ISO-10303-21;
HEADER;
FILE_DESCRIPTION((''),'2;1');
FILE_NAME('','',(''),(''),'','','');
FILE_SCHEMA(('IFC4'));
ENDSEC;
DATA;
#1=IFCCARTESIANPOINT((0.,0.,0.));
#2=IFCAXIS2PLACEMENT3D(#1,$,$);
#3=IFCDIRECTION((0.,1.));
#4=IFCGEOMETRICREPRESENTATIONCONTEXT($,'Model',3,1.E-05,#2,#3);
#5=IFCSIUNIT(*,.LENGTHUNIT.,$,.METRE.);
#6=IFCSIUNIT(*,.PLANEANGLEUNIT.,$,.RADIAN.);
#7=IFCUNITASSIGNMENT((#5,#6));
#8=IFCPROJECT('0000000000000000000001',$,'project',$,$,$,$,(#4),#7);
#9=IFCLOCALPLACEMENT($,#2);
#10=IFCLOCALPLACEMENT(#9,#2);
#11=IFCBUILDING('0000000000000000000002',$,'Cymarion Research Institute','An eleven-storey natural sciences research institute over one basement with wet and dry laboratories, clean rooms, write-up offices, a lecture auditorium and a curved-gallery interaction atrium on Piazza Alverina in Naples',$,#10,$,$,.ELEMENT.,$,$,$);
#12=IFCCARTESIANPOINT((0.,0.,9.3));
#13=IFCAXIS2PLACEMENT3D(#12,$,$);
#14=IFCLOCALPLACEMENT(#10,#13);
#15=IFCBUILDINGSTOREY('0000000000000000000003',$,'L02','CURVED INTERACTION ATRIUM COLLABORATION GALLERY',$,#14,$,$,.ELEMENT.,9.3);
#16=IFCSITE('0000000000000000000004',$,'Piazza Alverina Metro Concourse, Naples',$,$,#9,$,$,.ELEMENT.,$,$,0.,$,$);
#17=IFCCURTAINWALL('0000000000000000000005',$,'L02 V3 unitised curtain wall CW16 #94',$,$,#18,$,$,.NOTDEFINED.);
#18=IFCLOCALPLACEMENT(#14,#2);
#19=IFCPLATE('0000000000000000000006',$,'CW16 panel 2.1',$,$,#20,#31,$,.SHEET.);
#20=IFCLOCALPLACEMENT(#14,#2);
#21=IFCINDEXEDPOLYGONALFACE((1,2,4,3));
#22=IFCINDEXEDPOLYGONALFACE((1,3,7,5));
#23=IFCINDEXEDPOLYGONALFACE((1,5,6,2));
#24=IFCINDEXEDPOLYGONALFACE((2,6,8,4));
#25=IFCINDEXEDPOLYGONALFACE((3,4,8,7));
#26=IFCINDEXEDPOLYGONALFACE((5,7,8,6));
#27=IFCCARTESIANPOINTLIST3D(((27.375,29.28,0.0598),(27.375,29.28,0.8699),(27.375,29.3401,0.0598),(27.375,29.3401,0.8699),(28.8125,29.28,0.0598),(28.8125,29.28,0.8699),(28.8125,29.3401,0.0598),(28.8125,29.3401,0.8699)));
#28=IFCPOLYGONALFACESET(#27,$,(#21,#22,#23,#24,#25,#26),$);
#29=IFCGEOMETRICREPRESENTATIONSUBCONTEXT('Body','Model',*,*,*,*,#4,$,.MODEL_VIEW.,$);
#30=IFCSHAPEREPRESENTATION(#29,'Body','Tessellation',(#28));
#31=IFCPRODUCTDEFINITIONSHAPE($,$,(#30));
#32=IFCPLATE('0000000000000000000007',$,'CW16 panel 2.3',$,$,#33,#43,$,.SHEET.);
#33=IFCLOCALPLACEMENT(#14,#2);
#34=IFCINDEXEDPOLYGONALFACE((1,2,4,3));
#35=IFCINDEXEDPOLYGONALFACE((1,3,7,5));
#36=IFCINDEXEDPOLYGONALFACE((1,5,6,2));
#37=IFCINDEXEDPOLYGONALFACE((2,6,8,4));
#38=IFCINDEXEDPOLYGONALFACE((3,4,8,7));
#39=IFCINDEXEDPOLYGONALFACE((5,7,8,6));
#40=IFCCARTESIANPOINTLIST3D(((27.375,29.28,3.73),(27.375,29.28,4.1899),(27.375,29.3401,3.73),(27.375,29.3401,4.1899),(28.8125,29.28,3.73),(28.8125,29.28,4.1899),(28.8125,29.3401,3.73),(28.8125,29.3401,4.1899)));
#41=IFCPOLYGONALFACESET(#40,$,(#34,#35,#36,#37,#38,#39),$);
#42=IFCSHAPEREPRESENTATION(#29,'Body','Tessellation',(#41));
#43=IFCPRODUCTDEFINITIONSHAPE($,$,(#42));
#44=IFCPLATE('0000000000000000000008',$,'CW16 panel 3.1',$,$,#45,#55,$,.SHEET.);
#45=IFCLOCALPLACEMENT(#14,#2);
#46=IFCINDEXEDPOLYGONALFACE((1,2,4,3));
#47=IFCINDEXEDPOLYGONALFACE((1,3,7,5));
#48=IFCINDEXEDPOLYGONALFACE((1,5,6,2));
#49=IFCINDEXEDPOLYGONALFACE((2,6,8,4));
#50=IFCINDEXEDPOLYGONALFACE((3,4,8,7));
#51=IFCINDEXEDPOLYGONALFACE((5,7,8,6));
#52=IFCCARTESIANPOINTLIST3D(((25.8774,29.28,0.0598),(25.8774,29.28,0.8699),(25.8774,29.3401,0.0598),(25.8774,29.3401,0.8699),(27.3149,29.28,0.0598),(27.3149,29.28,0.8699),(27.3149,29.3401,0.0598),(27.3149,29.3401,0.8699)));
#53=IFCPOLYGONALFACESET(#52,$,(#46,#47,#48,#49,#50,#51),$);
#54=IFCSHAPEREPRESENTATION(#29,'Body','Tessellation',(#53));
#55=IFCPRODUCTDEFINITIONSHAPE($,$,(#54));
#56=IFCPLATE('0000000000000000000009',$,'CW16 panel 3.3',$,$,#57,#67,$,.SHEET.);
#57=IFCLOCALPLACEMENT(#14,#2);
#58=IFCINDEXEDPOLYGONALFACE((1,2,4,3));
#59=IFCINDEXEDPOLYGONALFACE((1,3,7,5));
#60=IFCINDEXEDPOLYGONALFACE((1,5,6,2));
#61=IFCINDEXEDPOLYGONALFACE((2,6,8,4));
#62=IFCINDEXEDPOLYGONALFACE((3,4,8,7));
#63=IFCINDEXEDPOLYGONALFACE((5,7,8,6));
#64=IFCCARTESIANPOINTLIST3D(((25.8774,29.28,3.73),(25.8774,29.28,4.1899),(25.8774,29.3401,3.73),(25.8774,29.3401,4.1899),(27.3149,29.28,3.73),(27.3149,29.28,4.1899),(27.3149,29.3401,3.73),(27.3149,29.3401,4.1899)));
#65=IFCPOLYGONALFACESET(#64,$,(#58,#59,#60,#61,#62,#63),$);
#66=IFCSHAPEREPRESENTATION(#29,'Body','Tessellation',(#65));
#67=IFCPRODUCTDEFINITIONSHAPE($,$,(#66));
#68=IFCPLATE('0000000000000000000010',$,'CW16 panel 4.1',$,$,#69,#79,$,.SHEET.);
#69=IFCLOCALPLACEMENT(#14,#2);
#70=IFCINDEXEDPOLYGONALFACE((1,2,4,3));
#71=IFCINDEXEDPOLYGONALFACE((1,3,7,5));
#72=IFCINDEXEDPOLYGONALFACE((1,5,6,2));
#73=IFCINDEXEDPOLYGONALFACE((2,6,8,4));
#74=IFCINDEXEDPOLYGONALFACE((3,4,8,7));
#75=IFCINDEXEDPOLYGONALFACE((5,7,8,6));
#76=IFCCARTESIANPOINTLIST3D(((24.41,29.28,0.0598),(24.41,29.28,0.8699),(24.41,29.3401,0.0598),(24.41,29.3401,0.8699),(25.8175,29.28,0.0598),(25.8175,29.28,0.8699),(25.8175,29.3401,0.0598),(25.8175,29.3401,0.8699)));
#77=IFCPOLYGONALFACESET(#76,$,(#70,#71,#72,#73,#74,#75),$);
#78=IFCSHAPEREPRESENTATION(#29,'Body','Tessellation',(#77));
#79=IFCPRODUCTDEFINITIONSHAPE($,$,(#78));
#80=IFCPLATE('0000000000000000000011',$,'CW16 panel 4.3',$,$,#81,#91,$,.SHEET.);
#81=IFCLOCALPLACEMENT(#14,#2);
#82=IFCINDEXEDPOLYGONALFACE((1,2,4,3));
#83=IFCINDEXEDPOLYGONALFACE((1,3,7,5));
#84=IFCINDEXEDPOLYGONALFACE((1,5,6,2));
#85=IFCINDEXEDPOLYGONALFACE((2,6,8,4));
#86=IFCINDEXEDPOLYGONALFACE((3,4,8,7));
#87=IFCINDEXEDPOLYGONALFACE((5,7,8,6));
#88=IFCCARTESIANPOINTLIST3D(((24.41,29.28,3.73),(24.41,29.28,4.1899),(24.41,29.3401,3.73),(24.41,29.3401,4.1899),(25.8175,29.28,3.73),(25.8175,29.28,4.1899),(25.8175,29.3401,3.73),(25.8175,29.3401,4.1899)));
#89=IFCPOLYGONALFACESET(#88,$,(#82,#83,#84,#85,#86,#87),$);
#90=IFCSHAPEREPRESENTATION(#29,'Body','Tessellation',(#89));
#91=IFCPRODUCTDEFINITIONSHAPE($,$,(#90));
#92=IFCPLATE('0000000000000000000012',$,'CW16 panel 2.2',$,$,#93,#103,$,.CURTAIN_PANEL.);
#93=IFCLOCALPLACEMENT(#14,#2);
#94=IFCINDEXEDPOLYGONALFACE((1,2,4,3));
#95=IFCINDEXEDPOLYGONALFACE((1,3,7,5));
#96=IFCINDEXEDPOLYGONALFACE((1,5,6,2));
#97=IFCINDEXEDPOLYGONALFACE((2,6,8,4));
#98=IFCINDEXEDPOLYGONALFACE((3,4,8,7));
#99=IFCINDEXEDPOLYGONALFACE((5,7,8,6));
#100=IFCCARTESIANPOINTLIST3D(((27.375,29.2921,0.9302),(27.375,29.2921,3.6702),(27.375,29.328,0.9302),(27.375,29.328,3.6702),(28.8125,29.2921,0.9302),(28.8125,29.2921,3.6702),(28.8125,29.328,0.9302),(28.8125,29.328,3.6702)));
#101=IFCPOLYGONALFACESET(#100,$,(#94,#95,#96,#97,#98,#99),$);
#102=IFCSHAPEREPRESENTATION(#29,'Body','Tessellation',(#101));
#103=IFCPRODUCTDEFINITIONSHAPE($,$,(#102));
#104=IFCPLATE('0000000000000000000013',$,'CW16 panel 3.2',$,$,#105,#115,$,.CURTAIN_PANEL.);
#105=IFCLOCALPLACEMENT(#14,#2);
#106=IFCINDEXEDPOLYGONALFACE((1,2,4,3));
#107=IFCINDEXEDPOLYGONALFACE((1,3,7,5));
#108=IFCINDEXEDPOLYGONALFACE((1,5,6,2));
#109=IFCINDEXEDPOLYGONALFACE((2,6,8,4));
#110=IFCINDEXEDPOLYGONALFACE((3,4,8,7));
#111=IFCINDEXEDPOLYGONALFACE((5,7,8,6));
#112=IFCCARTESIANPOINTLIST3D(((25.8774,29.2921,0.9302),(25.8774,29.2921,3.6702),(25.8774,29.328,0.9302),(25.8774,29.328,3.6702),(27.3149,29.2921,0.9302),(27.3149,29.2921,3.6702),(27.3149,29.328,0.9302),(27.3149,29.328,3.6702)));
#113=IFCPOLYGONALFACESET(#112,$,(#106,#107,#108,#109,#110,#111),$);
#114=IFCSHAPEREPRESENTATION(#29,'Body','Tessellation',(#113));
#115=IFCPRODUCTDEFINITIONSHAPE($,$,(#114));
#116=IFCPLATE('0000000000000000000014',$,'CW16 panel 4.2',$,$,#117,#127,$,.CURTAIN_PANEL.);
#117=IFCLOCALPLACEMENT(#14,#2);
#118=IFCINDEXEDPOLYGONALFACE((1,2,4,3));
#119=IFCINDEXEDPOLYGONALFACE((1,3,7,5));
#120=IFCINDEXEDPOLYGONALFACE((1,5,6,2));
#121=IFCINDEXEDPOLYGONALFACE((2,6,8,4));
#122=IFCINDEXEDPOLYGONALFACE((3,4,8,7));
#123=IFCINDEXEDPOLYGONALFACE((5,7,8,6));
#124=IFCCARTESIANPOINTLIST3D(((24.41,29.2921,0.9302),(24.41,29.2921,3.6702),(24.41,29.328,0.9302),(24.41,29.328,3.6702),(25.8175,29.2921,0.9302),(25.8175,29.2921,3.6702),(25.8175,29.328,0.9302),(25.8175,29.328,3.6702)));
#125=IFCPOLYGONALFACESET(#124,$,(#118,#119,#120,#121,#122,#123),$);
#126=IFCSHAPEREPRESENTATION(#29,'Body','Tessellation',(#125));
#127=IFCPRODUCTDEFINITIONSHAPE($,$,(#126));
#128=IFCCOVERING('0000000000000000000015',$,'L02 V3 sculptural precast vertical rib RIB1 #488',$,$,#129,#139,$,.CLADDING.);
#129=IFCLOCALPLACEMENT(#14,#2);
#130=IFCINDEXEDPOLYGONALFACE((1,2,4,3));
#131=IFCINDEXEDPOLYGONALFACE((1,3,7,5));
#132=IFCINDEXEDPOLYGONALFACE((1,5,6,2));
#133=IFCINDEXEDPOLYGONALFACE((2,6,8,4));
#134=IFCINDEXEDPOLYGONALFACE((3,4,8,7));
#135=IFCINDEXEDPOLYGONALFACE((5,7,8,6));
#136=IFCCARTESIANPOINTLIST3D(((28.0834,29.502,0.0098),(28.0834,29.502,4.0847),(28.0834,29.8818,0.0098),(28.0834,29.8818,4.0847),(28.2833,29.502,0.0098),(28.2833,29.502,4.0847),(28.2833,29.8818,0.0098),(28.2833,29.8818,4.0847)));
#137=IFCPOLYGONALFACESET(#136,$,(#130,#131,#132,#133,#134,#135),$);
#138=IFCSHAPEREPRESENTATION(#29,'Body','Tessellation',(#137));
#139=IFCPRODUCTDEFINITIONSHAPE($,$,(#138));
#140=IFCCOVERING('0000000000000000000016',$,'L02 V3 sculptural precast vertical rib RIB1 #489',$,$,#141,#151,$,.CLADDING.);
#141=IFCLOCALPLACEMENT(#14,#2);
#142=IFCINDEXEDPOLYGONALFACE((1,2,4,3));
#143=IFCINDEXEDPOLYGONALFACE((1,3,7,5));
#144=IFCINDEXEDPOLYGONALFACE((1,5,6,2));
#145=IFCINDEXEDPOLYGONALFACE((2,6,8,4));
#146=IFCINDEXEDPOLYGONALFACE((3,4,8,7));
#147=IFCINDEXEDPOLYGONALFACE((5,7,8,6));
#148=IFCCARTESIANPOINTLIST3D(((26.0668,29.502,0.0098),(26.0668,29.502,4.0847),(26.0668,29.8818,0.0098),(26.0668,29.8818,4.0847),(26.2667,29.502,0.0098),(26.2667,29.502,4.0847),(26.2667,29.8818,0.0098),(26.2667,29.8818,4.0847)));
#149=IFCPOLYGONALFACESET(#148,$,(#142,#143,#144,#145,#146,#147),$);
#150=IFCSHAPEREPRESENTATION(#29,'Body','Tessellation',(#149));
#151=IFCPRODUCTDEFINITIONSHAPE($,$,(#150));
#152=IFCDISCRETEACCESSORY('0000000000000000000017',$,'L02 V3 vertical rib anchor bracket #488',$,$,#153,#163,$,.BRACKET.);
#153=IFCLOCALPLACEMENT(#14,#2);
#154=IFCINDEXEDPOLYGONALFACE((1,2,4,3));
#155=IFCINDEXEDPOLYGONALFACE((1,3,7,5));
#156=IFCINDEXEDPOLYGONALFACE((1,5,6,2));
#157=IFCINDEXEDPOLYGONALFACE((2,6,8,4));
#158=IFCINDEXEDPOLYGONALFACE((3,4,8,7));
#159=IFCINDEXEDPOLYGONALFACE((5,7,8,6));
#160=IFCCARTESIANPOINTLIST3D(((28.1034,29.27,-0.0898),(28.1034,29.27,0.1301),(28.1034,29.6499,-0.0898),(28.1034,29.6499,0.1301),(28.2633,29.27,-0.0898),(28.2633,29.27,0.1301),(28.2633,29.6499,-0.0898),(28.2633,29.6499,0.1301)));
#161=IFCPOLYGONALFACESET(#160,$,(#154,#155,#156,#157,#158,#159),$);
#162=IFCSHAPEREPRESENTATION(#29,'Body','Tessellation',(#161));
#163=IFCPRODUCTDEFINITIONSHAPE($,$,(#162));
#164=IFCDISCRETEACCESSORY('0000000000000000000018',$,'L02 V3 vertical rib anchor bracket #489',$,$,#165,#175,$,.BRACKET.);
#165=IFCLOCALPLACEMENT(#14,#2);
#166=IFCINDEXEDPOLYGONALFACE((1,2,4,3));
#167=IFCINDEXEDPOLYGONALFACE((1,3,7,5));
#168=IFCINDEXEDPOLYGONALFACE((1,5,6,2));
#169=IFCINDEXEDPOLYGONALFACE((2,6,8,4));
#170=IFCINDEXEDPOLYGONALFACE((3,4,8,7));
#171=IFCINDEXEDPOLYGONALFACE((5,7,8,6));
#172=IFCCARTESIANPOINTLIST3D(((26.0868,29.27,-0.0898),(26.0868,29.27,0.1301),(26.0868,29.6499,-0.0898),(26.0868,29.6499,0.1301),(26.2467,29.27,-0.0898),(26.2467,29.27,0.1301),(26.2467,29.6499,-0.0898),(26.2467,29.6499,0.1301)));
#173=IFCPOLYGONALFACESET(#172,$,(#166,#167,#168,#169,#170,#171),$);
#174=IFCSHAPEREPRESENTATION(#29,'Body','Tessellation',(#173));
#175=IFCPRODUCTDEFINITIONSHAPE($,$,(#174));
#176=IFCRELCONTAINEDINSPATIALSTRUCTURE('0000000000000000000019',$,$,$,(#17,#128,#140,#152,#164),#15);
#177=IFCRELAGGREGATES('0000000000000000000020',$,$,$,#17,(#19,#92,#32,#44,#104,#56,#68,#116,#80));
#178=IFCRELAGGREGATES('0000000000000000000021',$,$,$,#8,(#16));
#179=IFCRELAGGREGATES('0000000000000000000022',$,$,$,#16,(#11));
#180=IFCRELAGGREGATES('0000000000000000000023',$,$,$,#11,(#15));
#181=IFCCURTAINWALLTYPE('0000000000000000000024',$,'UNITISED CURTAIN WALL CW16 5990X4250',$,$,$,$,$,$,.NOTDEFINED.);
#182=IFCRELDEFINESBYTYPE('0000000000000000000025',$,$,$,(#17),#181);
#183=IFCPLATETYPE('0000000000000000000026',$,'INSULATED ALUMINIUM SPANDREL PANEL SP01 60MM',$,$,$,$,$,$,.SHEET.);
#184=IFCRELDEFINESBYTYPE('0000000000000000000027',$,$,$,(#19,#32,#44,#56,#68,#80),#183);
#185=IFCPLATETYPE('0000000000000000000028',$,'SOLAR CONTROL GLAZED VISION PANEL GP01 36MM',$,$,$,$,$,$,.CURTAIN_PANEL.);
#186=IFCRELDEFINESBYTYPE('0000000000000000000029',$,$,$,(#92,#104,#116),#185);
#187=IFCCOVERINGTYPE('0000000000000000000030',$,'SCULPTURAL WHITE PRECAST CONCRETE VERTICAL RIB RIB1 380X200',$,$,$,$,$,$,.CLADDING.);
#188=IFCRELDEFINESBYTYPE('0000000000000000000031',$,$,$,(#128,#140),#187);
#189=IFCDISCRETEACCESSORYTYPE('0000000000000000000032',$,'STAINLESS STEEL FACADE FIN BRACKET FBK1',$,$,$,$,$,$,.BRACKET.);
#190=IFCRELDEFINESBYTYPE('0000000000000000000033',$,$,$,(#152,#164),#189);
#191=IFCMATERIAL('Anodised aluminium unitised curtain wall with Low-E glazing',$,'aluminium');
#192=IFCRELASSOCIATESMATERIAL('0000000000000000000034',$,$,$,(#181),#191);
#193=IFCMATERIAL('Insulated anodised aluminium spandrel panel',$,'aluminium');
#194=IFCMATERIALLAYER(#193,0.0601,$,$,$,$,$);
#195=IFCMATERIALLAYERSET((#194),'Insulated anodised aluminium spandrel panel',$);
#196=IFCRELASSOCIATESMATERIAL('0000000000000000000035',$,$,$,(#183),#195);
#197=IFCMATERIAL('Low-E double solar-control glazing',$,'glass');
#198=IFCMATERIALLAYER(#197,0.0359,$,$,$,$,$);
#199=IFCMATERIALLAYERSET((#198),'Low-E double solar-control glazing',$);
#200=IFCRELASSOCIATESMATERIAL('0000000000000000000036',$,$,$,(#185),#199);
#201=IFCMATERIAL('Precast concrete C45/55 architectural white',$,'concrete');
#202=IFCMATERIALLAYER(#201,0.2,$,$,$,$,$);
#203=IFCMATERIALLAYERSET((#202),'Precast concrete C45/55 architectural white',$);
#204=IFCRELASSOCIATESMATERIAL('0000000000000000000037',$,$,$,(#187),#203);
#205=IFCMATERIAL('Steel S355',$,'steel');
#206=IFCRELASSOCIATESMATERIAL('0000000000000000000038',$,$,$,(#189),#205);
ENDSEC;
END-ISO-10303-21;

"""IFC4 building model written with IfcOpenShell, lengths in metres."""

from ifc_helpers import new_model, si_unit, direction, frame, origin, origin_2d, place, context, subcontext, project, spatial, rectangle, extrude, material, layer, layer_set, type_object, element, aggregate, save


model = new_model("IFC4")

# Units and contexts
model_context = context("Model", 3, precision=1e-05, world=origin(), true_north=direction((0.0, 1.0)))
body_context = subcontext(model_context, "Body", "Model", "MODEL_VIEW")
ifc_project = project(units=[si_unit("LENGTHUNIT", "METRE"), si_unit("PLANEANGLEUNIT", "RADIAN")], contexts=[model_context])

# Site, building, storey
site_placement = place(None, origin())
site = spatial("IfcSite", under=ifc_project, at=site_placement, Name="Piazza Alverina Metro Concourse, Naples", CompositionType="ELEMENT", RefElevation=0.0)
building_placement = place(site_placement, origin())
building = spatial("IfcBuilding", under=site, at=building_placement, Name="Cymarion Research Institute", Description="An eleven-storey natural sciences research institute over one basement with wet and dry laboratories, clean rooms, write-up offices, a lecture auditorium and a curved-gallery interaction atrium on Piazza Alverina in Naples", CompositionType="ELEMENT")
storey_placement = place(building_placement, frame((0.0, 0.0, 9.3)))
storey = spatial("IfcBuildingStorey", under=building, at=storey_placement, Name="L02", Description="CURVED INTERACTION ATRIUM COLLABORATION GALLERY", CompositionType="ELEMENT", Elevation=9.3)

# Curtain wall, plates
ifc_material_1 = material(Name="Anodised aluminium unitised curtain wall with Low-E glazing", Category="aluminium")
curtain_wall_type = type_object("IfcCurtainWallType", Name="UNITISED CURTAIN WALL CW16 5990X4250", PredefinedType="NOTDEFINED", material=ifc_material_1)
curtain_wall_placement = place(storey_placement, origin())
curtain_wall = element("IfcCurtainWall", 1, at=curtain_wall_placement, inside=storey, type_object=curtain_wall_type, Name="L02 V3 unitised curtain wall CW16 #94", PredefinedType="NOTDEFINED")
ifc_material_2 = material(Name="Insulated anodised aluminium spandrel panel", Category="aluminium")
ifc_layer_1 = layer(ifc_material_2, 0.0601)
ifc_layer_set_1 = layer_set([ifc_layer_1], Name="Insulated anodised aluminium spandrel panel")
plate_type_1 = type_object("IfcPlateType", Name="INSULATED ALUMINIUM SPANDREL PANEL SP01 60MM", PredefinedType="SHEET", material=ifc_layer_set_1)
plate_1_placement = place(storey_placement, frame((28.0938, 29.3101, 0.0598), z_axis=(0.0, 0.0, 1.0), x_axis=(-1.0, 0.0, 0.0)))
plate_1 = element("IfcPlate", 2, at=plate_1_placement, type_object=plate_type_1, Name="CW16 panel 2.1", PredefinedType="SHEET", context=body_context, shape_type="SweptSolid", body=[
    extrude(rectangle(XDim=1.4375, YDim=0.0601, at=origin_2d()), origin(), (0.0, 0.0, 1.0), 0.8101),
])
plate_2_placement = place(storey_placement, frame((28.0938, 29.3101, 3.73), z_axis=(0.0, 0.0, 1.0), x_axis=(-1.0, 0.0, 0.0)))
plate_2 = element("IfcPlate", 3, at=plate_2_placement, type_object=plate_type_1, Name="CW16 panel 2.3", PredefinedType="SHEET", context=body_context, shape_type="SweptSolid", body=[
    extrude(rectangle(XDim=1.4375, YDim=0.0601, at=origin_2d()), origin(), (0.0, 0.0, 1.0), 0.46),
])
plate_3_placement = place(storey_placement, frame((26.5962, 29.3101, 0.0598), z_axis=(0.0, 0.0, 1.0), x_axis=(-1.0, 0.0, 0.0)))
plate_3 = element("IfcPlate", 4, at=plate_3_placement, type_object=plate_type_1, Name="CW16 panel 3.1", PredefinedType="SHEET", context=body_context, shape_type="SweptSolid", body=[
    extrude(rectangle(XDim=1.4375, YDim=0.0601, at=origin_2d()), origin(), (0.0, 0.0, 1.0), 0.8101),
])
plate_4_placement = place(storey_placement, frame((26.5962, 29.3101, 3.73), z_axis=(0.0, 0.0, 1.0), x_axis=(-1.0, 0.0, 0.0)))
plate_4 = element("IfcPlate", 5, at=plate_4_placement, type_object=plate_type_1, Name="CW16 panel 3.3", PredefinedType="SHEET", context=body_context, shape_type="SweptSolid", body=[
    extrude(rectangle(XDim=1.4375, YDim=0.0601, at=origin_2d()), origin(), (0.0, 0.0, 1.0), 0.46),
])
plate_5_placement = place(storey_placement, frame((25.1138, 29.3101, 0.0598), z_axis=(0.0, 0.0, 1.0), x_axis=(-1.0, 0.0, 0.0)))
plate_5 = element("IfcPlate", 6, at=plate_5_placement, type_object=plate_type_1, Name="CW16 panel 4.1", PredefinedType="SHEET", context=body_context, shape_type="SweptSolid", body=[
    extrude(rectangle(XDim=1.4075, YDim=0.0601, at=origin_2d()), origin(), (0.0, 0.0, 1.0), 0.8101),
])
plate_6_placement = place(storey_placement, frame((25.1138, 29.3101, 3.73), z_axis=(0.0, 0.0, 1.0), x_axis=(-1.0, 0.0, 0.0)))
plate_6 = element("IfcPlate", 7, at=plate_6_placement, type_object=plate_type_1, Name="CW16 panel 4.3", PredefinedType="SHEET", context=body_context, shape_type="SweptSolid", body=[
    extrude(rectangle(XDim=1.4075, YDim=0.0601, at=origin_2d()), origin(), (0.0, 0.0, 1.0), 0.46),
])
ifc_material_3 = material(Name="Low-E double solar-control glazing", Category="glass")
ifc_layer_2 = layer(ifc_material_3, 0.0359)
ifc_layer_set_2 = layer_set([ifc_layer_2], Name="Low-E double solar-control glazing")
plate_type_2 = type_object("IfcPlateType", Name="SOLAR CONTROL GLAZED VISION PANEL GP01 36MM", PredefinedType="CURTAIN_PANEL", material=ifc_layer_set_2)
plate_7_placement = place(storey_placement, frame((28.0938, 29.3101, 0.9302), z_axis=(0.0, 0.0, 1.0), x_axis=(-1.0, 0.0, 0.0)))
plate_7 = element("IfcPlate", 8, at=plate_7_placement, type_object=plate_type_2, Name="CW16 panel 2.2", PredefinedType="CURTAIN_PANEL", context=body_context, shape_type="SweptSolid", body=[
    extrude(rectangle(XDim=1.4375, YDim=0.0359, at=origin_2d()), origin(), (0.0, 0.0, 1.0), 2.74),
])
plate_8_placement = place(storey_placement, frame((26.5962, 29.3101, 0.9302), z_axis=(0.0, 0.0, 1.0), x_axis=(-1.0, 0.0, 0.0)))
plate_8 = element("IfcPlate", 9, at=plate_8_placement, type_object=plate_type_2, Name="CW16 panel 3.2", PredefinedType="CURTAIN_PANEL", context=body_context, shape_type="SweptSolid", body=[
    extrude(rectangle(XDim=1.4375, YDim=0.0359, at=origin_2d()), origin(), (0.0, 0.0, 1.0), 2.74),
])
plate_9_placement = place(storey_placement, frame((25.1138, 29.3101, 0.9302), z_axis=(0.0, 0.0, 1.0), x_axis=(-1.0, 0.0, 0.0)))
plate_9 = element("IfcPlate", 10, at=plate_9_placement, type_object=plate_type_2, Name="CW16 panel 4.2", PredefinedType="CURTAIN_PANEL", context=body_context, shape_type="SweptSolid", body=[
    extrude(rectangle(XDim=1.4075, YDim=0.0359, at=origin_2d()), origin(), (0.0, 0.0, 1.0), 2.74),
])
aggregate(curtain_wall, [plate_1, plate_7, plate_2, plate_3, plate_8, plate_4, plate_5, plate_9, plate_6])

# Coverings
ifc_material_4 = material(Name="Precast concrete C45/55 architectural white", Category="concrete")
ifc_layer_3 = layer(ifc_material_4, 0.2)
ifc_layer_set_3 = layer_set([ifc_layer_3], Name="Precast concrete C45/55 architectural white")
covering_type = type_object("IfcCoveringType", Name="SCULPTURAL WHITE PRECAST CONCRETE VERTICAL RIB RIB1 380X200", PredefinedType="CLADDING", material=ifc_layer_set_3)
for number, where, z_axis, x_axis, name in (
    (11, (28.1833, 29.6919, 0.0098), (0.0, 0.0, 1.0), (0.0, 1.0, 0.0), "L02 V3 sculptural precast vertical rib RIB1 #488"),
    (12, (26.1667, 29.6919, 0.0098), (0.0, 0.0, 1.0), (0.0, 1.0, 0.0), "L02 V3 sculptural precast vertical rib RIB1 #489"),
):
    element("IfcCovering", number, at=place(storey_placement, frame(where, z_axis=z_axis, x_axis=x_axis)), inside=storey, type_object=covering_type, Name=name, PredefinedType="CLADDING", context=body_context, shape_type="SweptSolid", body=[
        extrude(rectangle(XDim=0.3799, YDim=0.2, at=origin_2d()), origin(), (0.0, 0.0, 1.0), 4.075),
    ])

# Discrete accessories
ifc_material_5 = material(Name="Steel S355", Category="steel")
discrete_accessory_type = type_object("IfcDiscreteAccessoryType", Name="STAINLESS STEEL FACADE FIN BRACKET FBK1", PredefinedType="BRACKET", material=ifc_material_5)
for number, where, z_axis, x_axis, name in (
    (13, (28.1833, 29.46, -0.0898), (0.0, 0.0, 1.0), (0.0, 1.0, 0.0), "L02 V3 vertical rib anchor bracket #488"),
    (14, (26.1667, 29.46, -0.0898), (0.0, 0.0, 1.0), (0.0, 1.0, 0.0), "L02 V3 vertical rib anchor bracket #489"),
):
    element("IfcDiscreteAccessory", number, at=place(storey_placement, frame(where, z_axis=z_axis, x_axis=x_axis)), inside=storey, type_object=discrete_accessory_type, Name=name, PredefinedType="BRACKET", context=body_context, shape_type="SweptSolid", body=[
        extrude(rectangle(XDim=0.3799, YDim=0.1599, at=origin_2d()), origin(), (0.0, 0.0, 1.0), 0.22),
    ])

save(model, "model.ifc")
